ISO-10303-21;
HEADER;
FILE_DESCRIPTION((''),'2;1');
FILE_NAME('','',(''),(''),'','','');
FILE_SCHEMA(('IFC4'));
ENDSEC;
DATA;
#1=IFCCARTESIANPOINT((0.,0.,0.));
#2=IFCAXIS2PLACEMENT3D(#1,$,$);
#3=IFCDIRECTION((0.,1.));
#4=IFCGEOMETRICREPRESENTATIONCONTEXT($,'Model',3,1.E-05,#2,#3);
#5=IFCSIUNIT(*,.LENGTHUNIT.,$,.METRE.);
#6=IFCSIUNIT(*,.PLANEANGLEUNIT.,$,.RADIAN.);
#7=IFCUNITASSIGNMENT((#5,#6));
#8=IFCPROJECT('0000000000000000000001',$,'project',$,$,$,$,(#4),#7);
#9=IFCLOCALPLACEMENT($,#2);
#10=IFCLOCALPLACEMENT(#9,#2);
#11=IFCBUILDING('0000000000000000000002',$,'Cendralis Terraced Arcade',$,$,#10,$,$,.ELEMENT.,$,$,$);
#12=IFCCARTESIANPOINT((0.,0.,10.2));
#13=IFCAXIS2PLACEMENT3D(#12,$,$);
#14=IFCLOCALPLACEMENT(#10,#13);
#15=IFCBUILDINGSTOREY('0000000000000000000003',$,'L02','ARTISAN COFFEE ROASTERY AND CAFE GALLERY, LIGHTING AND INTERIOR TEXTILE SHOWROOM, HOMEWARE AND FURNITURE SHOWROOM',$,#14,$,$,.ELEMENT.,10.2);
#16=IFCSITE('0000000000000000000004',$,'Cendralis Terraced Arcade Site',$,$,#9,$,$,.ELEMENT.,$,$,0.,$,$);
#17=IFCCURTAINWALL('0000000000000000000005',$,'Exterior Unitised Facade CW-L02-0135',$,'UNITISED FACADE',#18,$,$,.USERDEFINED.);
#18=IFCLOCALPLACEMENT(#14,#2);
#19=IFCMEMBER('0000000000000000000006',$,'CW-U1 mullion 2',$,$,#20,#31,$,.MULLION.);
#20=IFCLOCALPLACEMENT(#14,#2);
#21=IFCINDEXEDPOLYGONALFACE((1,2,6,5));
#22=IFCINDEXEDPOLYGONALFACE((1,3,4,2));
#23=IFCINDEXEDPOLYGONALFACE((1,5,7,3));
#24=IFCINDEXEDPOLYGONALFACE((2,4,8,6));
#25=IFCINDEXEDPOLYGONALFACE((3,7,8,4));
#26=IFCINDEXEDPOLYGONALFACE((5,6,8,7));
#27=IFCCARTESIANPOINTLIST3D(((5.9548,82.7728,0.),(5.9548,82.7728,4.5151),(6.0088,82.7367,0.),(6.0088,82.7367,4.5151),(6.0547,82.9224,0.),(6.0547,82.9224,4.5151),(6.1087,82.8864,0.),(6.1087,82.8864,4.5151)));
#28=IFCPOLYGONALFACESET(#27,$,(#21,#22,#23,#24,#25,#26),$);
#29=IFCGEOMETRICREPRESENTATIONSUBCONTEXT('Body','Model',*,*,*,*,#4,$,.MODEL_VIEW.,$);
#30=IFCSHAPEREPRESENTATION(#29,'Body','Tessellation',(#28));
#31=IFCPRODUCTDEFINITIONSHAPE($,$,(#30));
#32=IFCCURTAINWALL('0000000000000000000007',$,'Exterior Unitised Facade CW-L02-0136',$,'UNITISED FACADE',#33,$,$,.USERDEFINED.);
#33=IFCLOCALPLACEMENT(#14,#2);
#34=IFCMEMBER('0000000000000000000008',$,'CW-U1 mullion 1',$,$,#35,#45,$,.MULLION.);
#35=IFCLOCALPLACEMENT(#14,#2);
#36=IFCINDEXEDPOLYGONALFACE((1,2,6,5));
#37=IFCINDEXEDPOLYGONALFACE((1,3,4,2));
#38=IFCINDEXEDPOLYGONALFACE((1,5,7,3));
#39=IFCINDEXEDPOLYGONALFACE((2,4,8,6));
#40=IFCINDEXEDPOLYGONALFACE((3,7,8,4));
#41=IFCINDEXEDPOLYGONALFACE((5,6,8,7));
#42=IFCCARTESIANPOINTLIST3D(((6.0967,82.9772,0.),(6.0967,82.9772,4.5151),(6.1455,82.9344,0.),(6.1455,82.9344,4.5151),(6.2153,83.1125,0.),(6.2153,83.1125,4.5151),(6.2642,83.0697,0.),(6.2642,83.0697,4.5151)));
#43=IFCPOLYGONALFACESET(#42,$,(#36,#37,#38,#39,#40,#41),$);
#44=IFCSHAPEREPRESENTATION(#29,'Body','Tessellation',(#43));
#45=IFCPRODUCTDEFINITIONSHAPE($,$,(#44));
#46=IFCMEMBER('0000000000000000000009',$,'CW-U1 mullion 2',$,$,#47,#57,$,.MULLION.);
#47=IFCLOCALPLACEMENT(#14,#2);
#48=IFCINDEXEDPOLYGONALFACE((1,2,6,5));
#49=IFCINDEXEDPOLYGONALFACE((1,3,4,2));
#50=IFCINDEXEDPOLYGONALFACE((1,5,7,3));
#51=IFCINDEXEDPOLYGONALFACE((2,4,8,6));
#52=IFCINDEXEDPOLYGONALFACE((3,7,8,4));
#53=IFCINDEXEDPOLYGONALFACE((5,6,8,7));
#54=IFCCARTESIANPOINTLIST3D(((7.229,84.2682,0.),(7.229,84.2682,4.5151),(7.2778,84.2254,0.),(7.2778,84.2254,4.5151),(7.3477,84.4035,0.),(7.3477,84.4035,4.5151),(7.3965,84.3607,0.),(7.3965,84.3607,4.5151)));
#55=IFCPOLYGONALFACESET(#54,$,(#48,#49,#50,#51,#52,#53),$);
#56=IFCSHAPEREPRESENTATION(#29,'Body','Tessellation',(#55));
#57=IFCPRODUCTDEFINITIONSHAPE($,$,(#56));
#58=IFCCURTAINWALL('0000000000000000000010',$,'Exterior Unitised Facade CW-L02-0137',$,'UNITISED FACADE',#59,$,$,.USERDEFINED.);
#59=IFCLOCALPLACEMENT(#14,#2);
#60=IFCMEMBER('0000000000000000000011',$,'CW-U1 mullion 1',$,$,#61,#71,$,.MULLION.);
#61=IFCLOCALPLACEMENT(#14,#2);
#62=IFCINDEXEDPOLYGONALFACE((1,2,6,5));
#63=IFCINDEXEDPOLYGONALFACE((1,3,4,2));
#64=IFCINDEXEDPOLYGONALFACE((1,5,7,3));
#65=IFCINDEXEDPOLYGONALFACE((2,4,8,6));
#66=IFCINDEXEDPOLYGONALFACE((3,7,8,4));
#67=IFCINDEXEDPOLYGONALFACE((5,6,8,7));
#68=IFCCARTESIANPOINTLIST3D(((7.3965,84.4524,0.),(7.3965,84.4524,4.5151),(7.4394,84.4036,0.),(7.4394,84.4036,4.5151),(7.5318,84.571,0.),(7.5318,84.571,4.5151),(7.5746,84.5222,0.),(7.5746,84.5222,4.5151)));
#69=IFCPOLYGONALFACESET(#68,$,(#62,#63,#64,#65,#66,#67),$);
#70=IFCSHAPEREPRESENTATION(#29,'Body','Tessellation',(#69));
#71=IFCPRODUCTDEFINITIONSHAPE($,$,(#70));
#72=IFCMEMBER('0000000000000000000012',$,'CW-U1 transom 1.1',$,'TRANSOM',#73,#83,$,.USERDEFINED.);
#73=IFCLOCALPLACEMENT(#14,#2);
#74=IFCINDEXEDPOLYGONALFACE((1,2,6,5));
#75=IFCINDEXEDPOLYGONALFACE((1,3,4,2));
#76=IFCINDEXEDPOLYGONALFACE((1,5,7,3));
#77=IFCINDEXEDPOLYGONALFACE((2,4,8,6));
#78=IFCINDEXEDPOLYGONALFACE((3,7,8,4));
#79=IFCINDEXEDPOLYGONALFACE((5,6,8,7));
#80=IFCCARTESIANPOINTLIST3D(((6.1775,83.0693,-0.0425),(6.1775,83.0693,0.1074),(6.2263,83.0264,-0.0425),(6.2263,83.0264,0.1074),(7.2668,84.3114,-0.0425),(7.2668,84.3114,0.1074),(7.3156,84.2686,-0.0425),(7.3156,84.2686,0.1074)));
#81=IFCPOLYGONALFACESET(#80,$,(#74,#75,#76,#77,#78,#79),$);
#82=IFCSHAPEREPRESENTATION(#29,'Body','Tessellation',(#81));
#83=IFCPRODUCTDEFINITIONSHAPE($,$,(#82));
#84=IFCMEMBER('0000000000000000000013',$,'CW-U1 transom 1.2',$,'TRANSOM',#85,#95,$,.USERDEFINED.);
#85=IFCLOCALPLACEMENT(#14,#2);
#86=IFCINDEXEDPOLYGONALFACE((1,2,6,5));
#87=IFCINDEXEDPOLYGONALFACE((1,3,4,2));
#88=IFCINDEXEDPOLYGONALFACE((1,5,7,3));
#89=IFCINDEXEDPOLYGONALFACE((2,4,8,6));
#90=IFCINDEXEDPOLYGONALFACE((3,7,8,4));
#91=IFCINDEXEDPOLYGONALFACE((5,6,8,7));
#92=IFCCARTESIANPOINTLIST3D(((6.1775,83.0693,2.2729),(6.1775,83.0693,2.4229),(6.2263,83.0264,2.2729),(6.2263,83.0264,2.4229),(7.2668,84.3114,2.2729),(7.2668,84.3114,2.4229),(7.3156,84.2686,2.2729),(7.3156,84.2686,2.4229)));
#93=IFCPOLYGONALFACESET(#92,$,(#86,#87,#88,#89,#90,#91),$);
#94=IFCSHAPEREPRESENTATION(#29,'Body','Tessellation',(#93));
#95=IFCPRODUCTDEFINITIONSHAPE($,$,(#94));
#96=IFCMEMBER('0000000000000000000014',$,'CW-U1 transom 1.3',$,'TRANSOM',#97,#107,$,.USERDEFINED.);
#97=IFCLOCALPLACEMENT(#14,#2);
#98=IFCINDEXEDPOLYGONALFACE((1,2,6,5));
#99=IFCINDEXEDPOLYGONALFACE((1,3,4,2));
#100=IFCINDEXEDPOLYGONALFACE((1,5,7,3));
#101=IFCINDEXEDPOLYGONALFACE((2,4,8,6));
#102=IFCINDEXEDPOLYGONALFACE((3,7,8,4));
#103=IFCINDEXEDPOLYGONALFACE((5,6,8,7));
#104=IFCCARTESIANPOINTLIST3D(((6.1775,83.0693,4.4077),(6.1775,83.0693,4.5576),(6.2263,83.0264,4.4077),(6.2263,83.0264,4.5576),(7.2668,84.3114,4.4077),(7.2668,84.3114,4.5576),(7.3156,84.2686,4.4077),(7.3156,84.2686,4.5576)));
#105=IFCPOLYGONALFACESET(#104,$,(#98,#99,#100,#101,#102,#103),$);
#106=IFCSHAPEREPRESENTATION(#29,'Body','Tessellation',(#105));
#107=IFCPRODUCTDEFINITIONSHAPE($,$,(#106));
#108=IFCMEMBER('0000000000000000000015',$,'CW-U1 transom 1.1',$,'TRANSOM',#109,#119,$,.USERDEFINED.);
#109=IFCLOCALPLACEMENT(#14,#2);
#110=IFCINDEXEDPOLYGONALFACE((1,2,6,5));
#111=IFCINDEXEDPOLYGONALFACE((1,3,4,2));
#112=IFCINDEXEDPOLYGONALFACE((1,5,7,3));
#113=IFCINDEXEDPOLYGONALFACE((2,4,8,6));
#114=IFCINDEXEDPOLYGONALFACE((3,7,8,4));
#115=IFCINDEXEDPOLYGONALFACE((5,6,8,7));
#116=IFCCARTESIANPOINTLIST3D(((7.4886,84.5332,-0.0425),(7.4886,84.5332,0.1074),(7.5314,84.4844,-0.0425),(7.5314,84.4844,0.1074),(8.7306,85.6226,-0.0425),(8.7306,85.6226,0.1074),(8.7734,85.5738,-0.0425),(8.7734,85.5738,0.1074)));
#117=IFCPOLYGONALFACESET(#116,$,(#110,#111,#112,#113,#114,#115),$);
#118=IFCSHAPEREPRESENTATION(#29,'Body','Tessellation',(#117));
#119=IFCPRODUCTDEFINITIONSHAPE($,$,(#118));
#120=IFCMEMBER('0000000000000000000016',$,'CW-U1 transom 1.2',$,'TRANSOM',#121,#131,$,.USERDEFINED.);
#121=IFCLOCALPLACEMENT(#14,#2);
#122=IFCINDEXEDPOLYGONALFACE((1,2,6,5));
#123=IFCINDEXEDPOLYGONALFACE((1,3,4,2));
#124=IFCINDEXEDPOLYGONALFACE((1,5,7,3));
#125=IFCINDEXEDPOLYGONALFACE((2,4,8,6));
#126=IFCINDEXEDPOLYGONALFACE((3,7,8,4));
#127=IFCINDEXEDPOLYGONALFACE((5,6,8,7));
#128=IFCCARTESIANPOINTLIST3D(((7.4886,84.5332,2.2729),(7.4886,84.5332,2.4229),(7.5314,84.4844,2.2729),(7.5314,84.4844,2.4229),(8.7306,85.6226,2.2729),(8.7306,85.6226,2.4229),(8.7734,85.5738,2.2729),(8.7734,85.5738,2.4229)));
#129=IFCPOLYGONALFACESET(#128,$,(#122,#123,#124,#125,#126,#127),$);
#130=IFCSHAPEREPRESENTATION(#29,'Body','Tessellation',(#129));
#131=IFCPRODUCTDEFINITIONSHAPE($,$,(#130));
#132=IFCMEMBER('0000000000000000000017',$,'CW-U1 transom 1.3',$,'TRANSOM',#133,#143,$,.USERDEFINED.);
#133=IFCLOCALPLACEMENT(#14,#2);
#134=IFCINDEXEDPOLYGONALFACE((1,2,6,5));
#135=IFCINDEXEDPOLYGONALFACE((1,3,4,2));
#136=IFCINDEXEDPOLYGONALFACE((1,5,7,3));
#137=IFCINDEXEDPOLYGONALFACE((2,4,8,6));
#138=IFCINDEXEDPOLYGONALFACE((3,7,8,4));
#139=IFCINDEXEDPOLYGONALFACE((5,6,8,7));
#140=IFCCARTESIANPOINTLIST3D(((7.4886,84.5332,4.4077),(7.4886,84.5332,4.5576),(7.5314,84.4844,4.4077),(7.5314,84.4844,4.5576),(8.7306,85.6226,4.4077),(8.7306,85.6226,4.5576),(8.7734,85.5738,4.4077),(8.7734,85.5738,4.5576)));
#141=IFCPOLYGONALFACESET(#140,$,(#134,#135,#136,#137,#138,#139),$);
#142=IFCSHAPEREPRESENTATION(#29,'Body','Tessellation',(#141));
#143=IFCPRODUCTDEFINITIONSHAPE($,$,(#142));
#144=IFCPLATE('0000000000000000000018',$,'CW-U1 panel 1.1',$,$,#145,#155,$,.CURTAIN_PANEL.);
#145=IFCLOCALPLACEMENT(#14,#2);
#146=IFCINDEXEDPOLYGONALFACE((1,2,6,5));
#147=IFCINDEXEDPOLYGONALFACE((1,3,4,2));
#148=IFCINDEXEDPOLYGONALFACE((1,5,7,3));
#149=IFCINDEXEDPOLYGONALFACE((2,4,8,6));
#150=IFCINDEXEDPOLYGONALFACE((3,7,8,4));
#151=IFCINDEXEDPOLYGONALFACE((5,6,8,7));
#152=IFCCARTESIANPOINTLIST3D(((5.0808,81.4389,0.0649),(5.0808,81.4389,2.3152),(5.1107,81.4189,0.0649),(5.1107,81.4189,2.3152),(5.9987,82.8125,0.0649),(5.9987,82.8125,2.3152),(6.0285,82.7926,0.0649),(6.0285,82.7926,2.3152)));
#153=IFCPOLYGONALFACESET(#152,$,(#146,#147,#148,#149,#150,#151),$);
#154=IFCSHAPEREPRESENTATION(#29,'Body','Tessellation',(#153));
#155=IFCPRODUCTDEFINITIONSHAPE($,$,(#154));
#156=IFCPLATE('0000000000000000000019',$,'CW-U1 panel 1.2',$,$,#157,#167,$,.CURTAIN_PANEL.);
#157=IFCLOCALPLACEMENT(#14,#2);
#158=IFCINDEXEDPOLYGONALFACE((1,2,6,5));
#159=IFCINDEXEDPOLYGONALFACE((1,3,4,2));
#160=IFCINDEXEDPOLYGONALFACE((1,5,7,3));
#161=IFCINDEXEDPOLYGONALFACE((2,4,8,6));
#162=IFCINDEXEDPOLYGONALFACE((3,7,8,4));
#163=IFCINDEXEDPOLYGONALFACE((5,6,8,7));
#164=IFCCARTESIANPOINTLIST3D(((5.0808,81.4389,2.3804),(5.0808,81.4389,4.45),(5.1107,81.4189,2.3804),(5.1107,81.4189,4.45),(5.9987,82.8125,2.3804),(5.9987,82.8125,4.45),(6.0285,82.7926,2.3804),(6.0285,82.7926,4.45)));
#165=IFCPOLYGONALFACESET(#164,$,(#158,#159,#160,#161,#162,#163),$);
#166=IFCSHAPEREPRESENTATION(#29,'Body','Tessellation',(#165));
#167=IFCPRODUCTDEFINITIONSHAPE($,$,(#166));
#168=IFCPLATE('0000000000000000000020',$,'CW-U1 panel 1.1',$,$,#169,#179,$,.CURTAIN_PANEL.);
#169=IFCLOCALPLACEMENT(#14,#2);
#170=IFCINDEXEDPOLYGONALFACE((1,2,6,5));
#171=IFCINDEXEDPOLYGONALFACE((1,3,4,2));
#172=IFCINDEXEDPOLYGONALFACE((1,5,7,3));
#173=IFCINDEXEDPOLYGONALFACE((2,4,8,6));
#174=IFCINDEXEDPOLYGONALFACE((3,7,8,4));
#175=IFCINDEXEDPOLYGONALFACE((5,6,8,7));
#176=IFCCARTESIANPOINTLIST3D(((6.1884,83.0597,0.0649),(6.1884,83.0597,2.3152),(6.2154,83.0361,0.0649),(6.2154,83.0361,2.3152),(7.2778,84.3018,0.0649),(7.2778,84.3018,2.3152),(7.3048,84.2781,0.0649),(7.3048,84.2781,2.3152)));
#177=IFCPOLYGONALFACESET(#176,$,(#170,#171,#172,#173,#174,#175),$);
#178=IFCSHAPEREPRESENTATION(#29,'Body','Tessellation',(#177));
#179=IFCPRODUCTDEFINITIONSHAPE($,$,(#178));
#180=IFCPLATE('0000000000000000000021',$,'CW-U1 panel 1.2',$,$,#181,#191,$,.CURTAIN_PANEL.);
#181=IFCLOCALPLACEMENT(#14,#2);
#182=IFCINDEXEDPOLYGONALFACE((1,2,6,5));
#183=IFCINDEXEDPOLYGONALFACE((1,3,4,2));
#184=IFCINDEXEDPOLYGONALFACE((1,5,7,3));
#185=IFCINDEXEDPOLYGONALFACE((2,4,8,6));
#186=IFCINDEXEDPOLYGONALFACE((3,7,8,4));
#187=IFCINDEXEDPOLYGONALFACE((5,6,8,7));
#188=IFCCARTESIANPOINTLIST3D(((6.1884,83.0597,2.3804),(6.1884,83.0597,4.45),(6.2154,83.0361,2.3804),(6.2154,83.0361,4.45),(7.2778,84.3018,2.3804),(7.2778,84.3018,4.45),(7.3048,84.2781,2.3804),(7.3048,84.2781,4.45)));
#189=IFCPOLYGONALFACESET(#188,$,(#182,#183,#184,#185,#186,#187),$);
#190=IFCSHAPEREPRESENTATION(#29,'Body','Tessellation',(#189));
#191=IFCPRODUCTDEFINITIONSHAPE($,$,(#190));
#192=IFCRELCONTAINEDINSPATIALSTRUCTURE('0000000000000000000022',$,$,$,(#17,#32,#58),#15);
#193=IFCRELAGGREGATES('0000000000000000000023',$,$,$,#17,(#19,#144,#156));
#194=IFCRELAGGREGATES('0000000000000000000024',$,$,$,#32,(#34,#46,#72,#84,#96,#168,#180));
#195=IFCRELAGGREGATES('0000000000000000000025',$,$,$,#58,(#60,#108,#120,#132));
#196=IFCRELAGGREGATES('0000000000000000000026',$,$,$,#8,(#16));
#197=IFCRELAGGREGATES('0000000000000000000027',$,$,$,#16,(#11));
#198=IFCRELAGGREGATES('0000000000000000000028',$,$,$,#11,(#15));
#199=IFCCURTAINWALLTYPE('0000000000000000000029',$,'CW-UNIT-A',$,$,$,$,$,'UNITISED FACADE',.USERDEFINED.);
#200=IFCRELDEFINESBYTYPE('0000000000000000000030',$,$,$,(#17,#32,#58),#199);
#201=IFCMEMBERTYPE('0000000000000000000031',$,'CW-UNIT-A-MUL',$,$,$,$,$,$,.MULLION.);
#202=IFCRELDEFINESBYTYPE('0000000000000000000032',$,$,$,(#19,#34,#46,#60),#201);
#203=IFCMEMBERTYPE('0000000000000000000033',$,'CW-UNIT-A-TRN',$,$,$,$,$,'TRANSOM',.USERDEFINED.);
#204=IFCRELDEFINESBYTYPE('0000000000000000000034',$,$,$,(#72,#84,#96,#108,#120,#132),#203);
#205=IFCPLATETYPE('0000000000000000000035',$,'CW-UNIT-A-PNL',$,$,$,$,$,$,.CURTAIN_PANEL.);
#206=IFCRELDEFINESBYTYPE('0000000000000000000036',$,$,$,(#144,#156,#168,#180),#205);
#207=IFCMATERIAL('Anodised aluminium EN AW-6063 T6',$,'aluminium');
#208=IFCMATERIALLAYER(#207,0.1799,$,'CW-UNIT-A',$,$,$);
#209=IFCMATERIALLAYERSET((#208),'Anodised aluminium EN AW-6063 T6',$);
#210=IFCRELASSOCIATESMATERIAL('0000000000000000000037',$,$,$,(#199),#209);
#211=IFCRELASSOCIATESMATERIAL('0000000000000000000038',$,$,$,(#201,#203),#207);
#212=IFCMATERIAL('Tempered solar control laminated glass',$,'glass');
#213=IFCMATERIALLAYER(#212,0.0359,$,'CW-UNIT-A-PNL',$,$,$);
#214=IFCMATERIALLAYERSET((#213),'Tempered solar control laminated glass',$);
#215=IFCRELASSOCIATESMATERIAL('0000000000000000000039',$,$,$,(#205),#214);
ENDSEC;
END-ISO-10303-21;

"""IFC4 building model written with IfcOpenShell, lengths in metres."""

from ifc_helpers import new_model, si_unit, direction, frame, origin, origin_2d, place, context, subcontext, project, spatial, rectangle, extrude, material, layer, layer_set, material_profile, profile_set, type_object, element, aggregate, save


model = new_model("IFC4")

# Units and contexts
model_context = context("Model", 3, precision=1e-05, world=origin(), true_north=direction((0.0, 1.0)))
body_context = subcontext(model_context, "Body", "Model", "MODEL_VIEW")
ifc_project = project(units=[si_unit("LENGTHUNIT", "METRE"), si_unit("PLANEANGLEUNIT", "RADIAN")], contexts=[model_context])

# Site, building, storey
site_placement = place(None, origin())
site = spatial("IfcSite", under=ifc_project, at=site_placement, Name="Cendralis Terraced Arcade Site", CompositionType="ELEMENT", RefElevation=0.0)
building_placement = place(site_placement, origin())
building = spatial("IfcBuilding", under=site, at=building_placement, Name="Cendralis Terraced Arcade", CompositionType="ELEMENT")
storey_placement = place(building_placement, frame((0.0, 0.0, 10.2)))
storey = spatial("IfcBuildingStorey", under=building, at=storey_placement, Name="L02", Description="ARTISAN COFFEE ROASTERY AND CAFE GALLERY, LIGHTING AND INTERIOR TEXTILE SHOWROOM, HOMEWARE AND FURNITURE SHOWROOM", CompositionType="ELEMENT", Elevation=10.2)

# Curtain wall, member
ifc_material_1 = material(Name="Anodised aluminium EN AW-6063 T6", Category="aluminium")
ifc_layer_1 = layer(ifc_material_1, 0.1799, Name="CW-UNIT-A")
ifc_layer_set_1 = layer_set([ifc_layer_1], Name="Anodised aluminium EN AW-6063 T6")
curtain_wall_type = type_object("IfcCurtainWallType", Name="CW-UNIT-A", ElementType="UNITISED FACADE", PredefinedType="USERDEFINED", material=ifc_layer_set_1)
curtain_wall_1_placement = place(storey_placement, origin())
curtain_wall_1 = element("IfcCurtainWall", 1, at=curtain_wall_1_placement, inside=storey, type_object=curtain_wall_type, Name="Exterior Unitised Facade CW-L02-0135", ObjectType="UNITISED FACADE", PredefinedType="USERDEFINED")
ifc_material_profile_1 = material_profile(ifc_material_1, rectangle(XDim=0.0649, YDim=0.1799, at=origin_2d()), Name="ALU-MUL-65x180")
ifc_profile_set_1 = profile_set([ifc_material_profile_1], Name="Anodised aluminium EN AW-6063 T6")
member_type_1 = type_object("IfcMemberType", Name="CW-UNIT-A-MUL", PredefinedType="MULLION", material=ifc_profile_set_1)
member_1_placement = place(storey_placement, frame((6.0317, 82.8296, 0.0), z_axis=(0.0, 0.0, 1.0), x_axis=(-0.831471, 0.555567, 0.0)))
member_1 = element("IfcMember", 2, at=member_1_placement, type_object=member_type_1, Name="CW-U1 mullion 2", PredefinedType="MULLION", context=body_context, shape_type="SweptSolid", body=[
    extrude(rectangle(XDim=0.0649, YDim=0.1799, at=origin_2d()), origin(), (0.0, 0.0, 1.0), 4.5151),
])

# Curtain wall, members
curtain_wall_2_placement = place(storey_placement, origin())
curtain_wall_2 = element("IfcCurtainWall", 3, at=curtain_wall_2_placement, inside=storey, type_object=curtain_wall_type, Name="Exterior Unitised Facade CW-L02-0136", ObjectType="UNITISED FACADE", PredefinedType="USERDEFINED")
member_2_placement = place(storey_placement, frame((6.1804, 83.0234, 0.0), z_axis=(0.0, 0.0, 1.0), x_axis=(-0.751804, 0.659386, 0.0)))
member_2 = element("IfcMember", 4, at=member_2_placement, type_object=member_type_1, Name="CW-U1 mullion 1", PredefinedType="MULLION", context=body_context, shape_type="SweptSolid", body=[
    extrude(rectangle(XDim=0.0649, YDim=0.1799, at=origin_2d()), origin(), (0.0, 0.0, 1.0), 4.5151),
])
member_3_placement = place(storey_placement, frame((7.3127, 84.3145, 0.0), z_axis=(0.0, 0.0, 1.0), x_axis=(-0.751804, 0.659386, 0.0)))
member_3 = element("IfcMember", 5, at=member_3_placement, type_object=member_type_1, Name="CW-U1 mullion 2", PredefinedType="MULLION", context=body_context, shape_type="SweptSolid", body=[
    extrude(rectangle(XDim=0.0649, YDim=0.1799, at=origin_2d()), origin(), (0.0, 0.0, 1.0), 4.5151),
])

# Curtain wall, member
curtain_wall_3_placement = place(storey_placement, origin())
curtain_wall_3 = element("IfcCurtainWall", 6, at=curtain_wall_3_placement, inside=storey, type_object=curtain_wall_type, Name="Exterior Unitised Facade CW-L02-0137", ObjectType="UNITISED FACADE", PredefinedType="USERDEFINED")
member_4_placement = place(storey_placement, frame((7.4856, 84.4873, 0.0), z_axis=(0.0, 0.0, 1.0), x_axis=(-0.659386, 0.751804, 0.0)))
member_4 = element("IfcMember", 7, at=member_4_placement, type_object=member_type_1, Name="CW-U1 mullion 1", PredefinedType="MULLION", context=body_context, shape_type="SweptSolid", body=[
    extrude(rectangle(XDim=0.0649, YDim=0.1799, at=origin_2d()), origin(), (0.0, 0.0, 1.0), 4.5151),
])

# Members
ifc_material_profile_2 = material_profile(ifc_material_1, rectangle(XDim=0.0649, YDim=0.1499, at=origin_2d()), Name="ALU-TRN-65x150")
ifc_profile_set_2 = profile_set([ifc_material_profile_2], Name="Anodised aluminium EN AW-6063 T6")
member_type_2 = type_object("IfcMemberType", Name="CW-UNIT-A-TRN", ElementType="TRANSOM", PredefinedType="USERDEFINED", material=ifc_profile_set_2)
member_5_placement = place(storey_placement, frame((6.2019, 83.0479, 0.0325), z_axis=(0.659341, 0.751844, 0.0), x_axis=(-0.751844, 0.659341, 0.0)))
member_5 = element("IfcMember", 8, at=member_5_placement, type_object=member_type_2, Name="CW-U1 transom 1.1", ObjectType="TRANSOM", PredefinedType="USERDEFINED", context=body_context, shape_type="SweptSolid", body=[
    extrude(rectangle(XDim=0.0649, YDim=0.1499, at=origin_2d()), origin(), (0.0, 0.0, 1.0), 1.6521),
])
member_6_placement = place(storey_placement, frame((6.2019, 83.0479, 2.3479), z_axis=(0.659341, 0.751844, 0.0), x_axis=(-0.751844, 0.659341, 0.0)))
member_6 = element("IfcMember", 9, at=member_6_placement, type_object=member_type_2, Name="CW-U1 transom 1.2", ObjectType="TRANSOM", PredefinedType="USERDEFINED", context=body_context, shape_type="SweptSolid", body=[
    extrude(rectangle(XDim=0.0649, YDim=0.1499, at=origin_2d()), origin(), (0.0, 0.0, 1.0), 1.6521),
])
member_7_placement = place(storey_placement, frame((6.2019, 83.0479, 4.4827), z_axis=(0.659341, 0.751844, 0.0), x_axis=(-0.751844, 0.659341, 0.0)))
member_7 = element("IfcMember", 10, at=member_7_placement, type_object=member_type_2, Name="CW-U1 transom 1.3", ObjectType="TRANSOM", PredefinedType="USERDEFINED", context=body_context, shape_type="SweptSolid", body=[
    extrude(rectangle(XDim=0.0649, YDim=0.1499, at=origin_2d()), origin(), (0.0, 0.0, 1.0), 1.6521),
])
member_8_placement = place(storey_placement, frame((7.51, 84.5088, 0.0325), z_axis=(0.75178, 0.659414, 0.0), x_axis=(-0.659414, 0.75178, 0.0)))
member_8 = element("IfcMember", 11, at=member_8_placement, type_object=member_type_2, Name="CW-U1 transom 1.1", ObjectType="TRANSOM", PredefinedType="USERDEFINED", context=body_context, shape_type="SweptSolid", body=[
    extrude(rectangle(XDim=0.0649, YDim=0.1499, at=origin_2d()), origin(), (0.0, 0.0, 1.0), 1.6521),
])
member_9_placement = place(storey_placement, frame((7.51, 84.5088, 2.3479), z_axis=(0.75178, 0.659414, 0.0), x_axis=(-0.659414, 0.75178, 0.0)))
member_9 = element("IfcMember", 12, at=member_9_placement, type_object=member_type_2, Name="CW-U1 transom 1.2", ObjectType="TRANSOM", PredefinedType="USERDEFINED", context=body_context, shape_type="SweptSolid", body=[
    extrude(rectangle(XDim=0.0649, YDim=0.1499, at=origin_2d()), origin(), (0.0, 0.0, 1.0), 1.6521),
])
member_10_placement = place(storey_placement, frame((7.51, 84.5088, 4.4827), z_axis=(0.75178, 0.659414, 0.0), x_axis=(-0.659414, 0.75178, 0.0)))
member_10 = element("IfcMember", 13, at=member_10_placement, type_object=member_type_2, Name="CW-U1 transom 1.3", ObjectType="TRANSOM", PredefinedType="USERDEFINED", context=body_context, shape_type="SweptSolid", body=[
    extrude(rectangle(XDim=0.0649, YDim=0.1499, at=origin_2d()), origin(), (0.0, 0.0, 1.0), 1.6521),
])

# Plates
ifc_material_2 = material(Name="Tempered solar control laminated glass", Category="glass")
ifc_layer_2 = layer(ifc_material_2, 0.0359, Name="CW-UNIT-A-PNL")
ifc_layer_set_2 = layer_set([ifc_layer_2], Name="Tempered solar control laminated glass")
plate_type = type_object("IfcPlateType", Name="CW-UNIT-A-PNL", PredefinedType="CURTAIN_PANEL", material=ifc_layer_set_2)
plate_1_placement = place(storey_placement, frame((5.5547, 82.1157, 0.0649), z_axis=(0.0, 0.0, 1.0), x_axis=(0.555567, 0.831471, 0.0)))
plate_1 = element("IfcPlate", 14, at=plate_1_placement, type_object=plate_type, Name="CW-U1 panel 1.1", PredefinedType="CURTAIN_PANEL", context=body_context, shape_type="SweptSolid", body=[
    extrude(rectangle(XDim=1.6521, YDim=0.0359, at=origin_2d()), origin(), (0.0, 0.0, 1.0), 2.2502),
])
plate_2_placement = place(storey_placement, frame((5.5547, 82.1157, 2.3804), z_axis=(0.0, 0.0, 1.0), x_axis=(0.555567, 0.831471, 0.0)))
plate_2 = element("IfcPlate", 15, at=plate_2_placement, type_object=plate_type, Name="CW-U1 panel 1.2", PredefinedType="CURTAIN_PANEL", context=body_context, shape_type="SweptSolid", body=[
    extrude(rectangle(XDim=1.6521, YDim=0.0359, at=origin_2d()), origin(), (0.0, 0.0, 1.0), 2.0696),
])
aggregate(curtain_wall_1, [member_1, plate_1, plate_2])
plate_3_placement = place(storey_placement, frame((6.7466, 83.6689, 0.0649), z_axis=(0.0, 0.0, 1.0), x_axis=(0.659386, 0.751804, 0.0)))
plate_3 = element("IfcPlate", 16, at=plate_3_placement, type_object=plate_type, Name="CW-U1 panel 1.1", PredefinedType="CURTAIN_PANEL", context=body_context, shape_type="SweptSolid", body=[
    extrude(rectangle(XDim=1.6521, YDim=0.0359, at=origin_2d()), origin(), (0.0, 0.0, 1.0), 2.2502),
])
plate_4_placement = place(storey_placement, frame((6.7466, 83.6689, 2.3804), z_axis=(0.0, 0.0, 1.0), x_axis=(0.659386, 0.751804, 0.0)))
plate_4 = element("IfcPlate", 17, at=plate_4_placement, type_object=plate_type, Name="CW-U1 panel 1.2", PredefinedType="CURTAIN_PANEL", context=body_context, shape_type="SweptSolid", body=[
    extrude(rectangle(XDim=1.6521, YDim=0.0359, at=origin_2d()), origin(), (0.0, 0.0, 1.0), 2.0696),
])
aggregate(curtain_wall_2, [member_2, member_3, member_5, member_6, member_7, plate_3, plate_4])
aggregate(curtain_wall_3, [member_4, member_8, member_9, member_10])

save(model, "model.ifc")
